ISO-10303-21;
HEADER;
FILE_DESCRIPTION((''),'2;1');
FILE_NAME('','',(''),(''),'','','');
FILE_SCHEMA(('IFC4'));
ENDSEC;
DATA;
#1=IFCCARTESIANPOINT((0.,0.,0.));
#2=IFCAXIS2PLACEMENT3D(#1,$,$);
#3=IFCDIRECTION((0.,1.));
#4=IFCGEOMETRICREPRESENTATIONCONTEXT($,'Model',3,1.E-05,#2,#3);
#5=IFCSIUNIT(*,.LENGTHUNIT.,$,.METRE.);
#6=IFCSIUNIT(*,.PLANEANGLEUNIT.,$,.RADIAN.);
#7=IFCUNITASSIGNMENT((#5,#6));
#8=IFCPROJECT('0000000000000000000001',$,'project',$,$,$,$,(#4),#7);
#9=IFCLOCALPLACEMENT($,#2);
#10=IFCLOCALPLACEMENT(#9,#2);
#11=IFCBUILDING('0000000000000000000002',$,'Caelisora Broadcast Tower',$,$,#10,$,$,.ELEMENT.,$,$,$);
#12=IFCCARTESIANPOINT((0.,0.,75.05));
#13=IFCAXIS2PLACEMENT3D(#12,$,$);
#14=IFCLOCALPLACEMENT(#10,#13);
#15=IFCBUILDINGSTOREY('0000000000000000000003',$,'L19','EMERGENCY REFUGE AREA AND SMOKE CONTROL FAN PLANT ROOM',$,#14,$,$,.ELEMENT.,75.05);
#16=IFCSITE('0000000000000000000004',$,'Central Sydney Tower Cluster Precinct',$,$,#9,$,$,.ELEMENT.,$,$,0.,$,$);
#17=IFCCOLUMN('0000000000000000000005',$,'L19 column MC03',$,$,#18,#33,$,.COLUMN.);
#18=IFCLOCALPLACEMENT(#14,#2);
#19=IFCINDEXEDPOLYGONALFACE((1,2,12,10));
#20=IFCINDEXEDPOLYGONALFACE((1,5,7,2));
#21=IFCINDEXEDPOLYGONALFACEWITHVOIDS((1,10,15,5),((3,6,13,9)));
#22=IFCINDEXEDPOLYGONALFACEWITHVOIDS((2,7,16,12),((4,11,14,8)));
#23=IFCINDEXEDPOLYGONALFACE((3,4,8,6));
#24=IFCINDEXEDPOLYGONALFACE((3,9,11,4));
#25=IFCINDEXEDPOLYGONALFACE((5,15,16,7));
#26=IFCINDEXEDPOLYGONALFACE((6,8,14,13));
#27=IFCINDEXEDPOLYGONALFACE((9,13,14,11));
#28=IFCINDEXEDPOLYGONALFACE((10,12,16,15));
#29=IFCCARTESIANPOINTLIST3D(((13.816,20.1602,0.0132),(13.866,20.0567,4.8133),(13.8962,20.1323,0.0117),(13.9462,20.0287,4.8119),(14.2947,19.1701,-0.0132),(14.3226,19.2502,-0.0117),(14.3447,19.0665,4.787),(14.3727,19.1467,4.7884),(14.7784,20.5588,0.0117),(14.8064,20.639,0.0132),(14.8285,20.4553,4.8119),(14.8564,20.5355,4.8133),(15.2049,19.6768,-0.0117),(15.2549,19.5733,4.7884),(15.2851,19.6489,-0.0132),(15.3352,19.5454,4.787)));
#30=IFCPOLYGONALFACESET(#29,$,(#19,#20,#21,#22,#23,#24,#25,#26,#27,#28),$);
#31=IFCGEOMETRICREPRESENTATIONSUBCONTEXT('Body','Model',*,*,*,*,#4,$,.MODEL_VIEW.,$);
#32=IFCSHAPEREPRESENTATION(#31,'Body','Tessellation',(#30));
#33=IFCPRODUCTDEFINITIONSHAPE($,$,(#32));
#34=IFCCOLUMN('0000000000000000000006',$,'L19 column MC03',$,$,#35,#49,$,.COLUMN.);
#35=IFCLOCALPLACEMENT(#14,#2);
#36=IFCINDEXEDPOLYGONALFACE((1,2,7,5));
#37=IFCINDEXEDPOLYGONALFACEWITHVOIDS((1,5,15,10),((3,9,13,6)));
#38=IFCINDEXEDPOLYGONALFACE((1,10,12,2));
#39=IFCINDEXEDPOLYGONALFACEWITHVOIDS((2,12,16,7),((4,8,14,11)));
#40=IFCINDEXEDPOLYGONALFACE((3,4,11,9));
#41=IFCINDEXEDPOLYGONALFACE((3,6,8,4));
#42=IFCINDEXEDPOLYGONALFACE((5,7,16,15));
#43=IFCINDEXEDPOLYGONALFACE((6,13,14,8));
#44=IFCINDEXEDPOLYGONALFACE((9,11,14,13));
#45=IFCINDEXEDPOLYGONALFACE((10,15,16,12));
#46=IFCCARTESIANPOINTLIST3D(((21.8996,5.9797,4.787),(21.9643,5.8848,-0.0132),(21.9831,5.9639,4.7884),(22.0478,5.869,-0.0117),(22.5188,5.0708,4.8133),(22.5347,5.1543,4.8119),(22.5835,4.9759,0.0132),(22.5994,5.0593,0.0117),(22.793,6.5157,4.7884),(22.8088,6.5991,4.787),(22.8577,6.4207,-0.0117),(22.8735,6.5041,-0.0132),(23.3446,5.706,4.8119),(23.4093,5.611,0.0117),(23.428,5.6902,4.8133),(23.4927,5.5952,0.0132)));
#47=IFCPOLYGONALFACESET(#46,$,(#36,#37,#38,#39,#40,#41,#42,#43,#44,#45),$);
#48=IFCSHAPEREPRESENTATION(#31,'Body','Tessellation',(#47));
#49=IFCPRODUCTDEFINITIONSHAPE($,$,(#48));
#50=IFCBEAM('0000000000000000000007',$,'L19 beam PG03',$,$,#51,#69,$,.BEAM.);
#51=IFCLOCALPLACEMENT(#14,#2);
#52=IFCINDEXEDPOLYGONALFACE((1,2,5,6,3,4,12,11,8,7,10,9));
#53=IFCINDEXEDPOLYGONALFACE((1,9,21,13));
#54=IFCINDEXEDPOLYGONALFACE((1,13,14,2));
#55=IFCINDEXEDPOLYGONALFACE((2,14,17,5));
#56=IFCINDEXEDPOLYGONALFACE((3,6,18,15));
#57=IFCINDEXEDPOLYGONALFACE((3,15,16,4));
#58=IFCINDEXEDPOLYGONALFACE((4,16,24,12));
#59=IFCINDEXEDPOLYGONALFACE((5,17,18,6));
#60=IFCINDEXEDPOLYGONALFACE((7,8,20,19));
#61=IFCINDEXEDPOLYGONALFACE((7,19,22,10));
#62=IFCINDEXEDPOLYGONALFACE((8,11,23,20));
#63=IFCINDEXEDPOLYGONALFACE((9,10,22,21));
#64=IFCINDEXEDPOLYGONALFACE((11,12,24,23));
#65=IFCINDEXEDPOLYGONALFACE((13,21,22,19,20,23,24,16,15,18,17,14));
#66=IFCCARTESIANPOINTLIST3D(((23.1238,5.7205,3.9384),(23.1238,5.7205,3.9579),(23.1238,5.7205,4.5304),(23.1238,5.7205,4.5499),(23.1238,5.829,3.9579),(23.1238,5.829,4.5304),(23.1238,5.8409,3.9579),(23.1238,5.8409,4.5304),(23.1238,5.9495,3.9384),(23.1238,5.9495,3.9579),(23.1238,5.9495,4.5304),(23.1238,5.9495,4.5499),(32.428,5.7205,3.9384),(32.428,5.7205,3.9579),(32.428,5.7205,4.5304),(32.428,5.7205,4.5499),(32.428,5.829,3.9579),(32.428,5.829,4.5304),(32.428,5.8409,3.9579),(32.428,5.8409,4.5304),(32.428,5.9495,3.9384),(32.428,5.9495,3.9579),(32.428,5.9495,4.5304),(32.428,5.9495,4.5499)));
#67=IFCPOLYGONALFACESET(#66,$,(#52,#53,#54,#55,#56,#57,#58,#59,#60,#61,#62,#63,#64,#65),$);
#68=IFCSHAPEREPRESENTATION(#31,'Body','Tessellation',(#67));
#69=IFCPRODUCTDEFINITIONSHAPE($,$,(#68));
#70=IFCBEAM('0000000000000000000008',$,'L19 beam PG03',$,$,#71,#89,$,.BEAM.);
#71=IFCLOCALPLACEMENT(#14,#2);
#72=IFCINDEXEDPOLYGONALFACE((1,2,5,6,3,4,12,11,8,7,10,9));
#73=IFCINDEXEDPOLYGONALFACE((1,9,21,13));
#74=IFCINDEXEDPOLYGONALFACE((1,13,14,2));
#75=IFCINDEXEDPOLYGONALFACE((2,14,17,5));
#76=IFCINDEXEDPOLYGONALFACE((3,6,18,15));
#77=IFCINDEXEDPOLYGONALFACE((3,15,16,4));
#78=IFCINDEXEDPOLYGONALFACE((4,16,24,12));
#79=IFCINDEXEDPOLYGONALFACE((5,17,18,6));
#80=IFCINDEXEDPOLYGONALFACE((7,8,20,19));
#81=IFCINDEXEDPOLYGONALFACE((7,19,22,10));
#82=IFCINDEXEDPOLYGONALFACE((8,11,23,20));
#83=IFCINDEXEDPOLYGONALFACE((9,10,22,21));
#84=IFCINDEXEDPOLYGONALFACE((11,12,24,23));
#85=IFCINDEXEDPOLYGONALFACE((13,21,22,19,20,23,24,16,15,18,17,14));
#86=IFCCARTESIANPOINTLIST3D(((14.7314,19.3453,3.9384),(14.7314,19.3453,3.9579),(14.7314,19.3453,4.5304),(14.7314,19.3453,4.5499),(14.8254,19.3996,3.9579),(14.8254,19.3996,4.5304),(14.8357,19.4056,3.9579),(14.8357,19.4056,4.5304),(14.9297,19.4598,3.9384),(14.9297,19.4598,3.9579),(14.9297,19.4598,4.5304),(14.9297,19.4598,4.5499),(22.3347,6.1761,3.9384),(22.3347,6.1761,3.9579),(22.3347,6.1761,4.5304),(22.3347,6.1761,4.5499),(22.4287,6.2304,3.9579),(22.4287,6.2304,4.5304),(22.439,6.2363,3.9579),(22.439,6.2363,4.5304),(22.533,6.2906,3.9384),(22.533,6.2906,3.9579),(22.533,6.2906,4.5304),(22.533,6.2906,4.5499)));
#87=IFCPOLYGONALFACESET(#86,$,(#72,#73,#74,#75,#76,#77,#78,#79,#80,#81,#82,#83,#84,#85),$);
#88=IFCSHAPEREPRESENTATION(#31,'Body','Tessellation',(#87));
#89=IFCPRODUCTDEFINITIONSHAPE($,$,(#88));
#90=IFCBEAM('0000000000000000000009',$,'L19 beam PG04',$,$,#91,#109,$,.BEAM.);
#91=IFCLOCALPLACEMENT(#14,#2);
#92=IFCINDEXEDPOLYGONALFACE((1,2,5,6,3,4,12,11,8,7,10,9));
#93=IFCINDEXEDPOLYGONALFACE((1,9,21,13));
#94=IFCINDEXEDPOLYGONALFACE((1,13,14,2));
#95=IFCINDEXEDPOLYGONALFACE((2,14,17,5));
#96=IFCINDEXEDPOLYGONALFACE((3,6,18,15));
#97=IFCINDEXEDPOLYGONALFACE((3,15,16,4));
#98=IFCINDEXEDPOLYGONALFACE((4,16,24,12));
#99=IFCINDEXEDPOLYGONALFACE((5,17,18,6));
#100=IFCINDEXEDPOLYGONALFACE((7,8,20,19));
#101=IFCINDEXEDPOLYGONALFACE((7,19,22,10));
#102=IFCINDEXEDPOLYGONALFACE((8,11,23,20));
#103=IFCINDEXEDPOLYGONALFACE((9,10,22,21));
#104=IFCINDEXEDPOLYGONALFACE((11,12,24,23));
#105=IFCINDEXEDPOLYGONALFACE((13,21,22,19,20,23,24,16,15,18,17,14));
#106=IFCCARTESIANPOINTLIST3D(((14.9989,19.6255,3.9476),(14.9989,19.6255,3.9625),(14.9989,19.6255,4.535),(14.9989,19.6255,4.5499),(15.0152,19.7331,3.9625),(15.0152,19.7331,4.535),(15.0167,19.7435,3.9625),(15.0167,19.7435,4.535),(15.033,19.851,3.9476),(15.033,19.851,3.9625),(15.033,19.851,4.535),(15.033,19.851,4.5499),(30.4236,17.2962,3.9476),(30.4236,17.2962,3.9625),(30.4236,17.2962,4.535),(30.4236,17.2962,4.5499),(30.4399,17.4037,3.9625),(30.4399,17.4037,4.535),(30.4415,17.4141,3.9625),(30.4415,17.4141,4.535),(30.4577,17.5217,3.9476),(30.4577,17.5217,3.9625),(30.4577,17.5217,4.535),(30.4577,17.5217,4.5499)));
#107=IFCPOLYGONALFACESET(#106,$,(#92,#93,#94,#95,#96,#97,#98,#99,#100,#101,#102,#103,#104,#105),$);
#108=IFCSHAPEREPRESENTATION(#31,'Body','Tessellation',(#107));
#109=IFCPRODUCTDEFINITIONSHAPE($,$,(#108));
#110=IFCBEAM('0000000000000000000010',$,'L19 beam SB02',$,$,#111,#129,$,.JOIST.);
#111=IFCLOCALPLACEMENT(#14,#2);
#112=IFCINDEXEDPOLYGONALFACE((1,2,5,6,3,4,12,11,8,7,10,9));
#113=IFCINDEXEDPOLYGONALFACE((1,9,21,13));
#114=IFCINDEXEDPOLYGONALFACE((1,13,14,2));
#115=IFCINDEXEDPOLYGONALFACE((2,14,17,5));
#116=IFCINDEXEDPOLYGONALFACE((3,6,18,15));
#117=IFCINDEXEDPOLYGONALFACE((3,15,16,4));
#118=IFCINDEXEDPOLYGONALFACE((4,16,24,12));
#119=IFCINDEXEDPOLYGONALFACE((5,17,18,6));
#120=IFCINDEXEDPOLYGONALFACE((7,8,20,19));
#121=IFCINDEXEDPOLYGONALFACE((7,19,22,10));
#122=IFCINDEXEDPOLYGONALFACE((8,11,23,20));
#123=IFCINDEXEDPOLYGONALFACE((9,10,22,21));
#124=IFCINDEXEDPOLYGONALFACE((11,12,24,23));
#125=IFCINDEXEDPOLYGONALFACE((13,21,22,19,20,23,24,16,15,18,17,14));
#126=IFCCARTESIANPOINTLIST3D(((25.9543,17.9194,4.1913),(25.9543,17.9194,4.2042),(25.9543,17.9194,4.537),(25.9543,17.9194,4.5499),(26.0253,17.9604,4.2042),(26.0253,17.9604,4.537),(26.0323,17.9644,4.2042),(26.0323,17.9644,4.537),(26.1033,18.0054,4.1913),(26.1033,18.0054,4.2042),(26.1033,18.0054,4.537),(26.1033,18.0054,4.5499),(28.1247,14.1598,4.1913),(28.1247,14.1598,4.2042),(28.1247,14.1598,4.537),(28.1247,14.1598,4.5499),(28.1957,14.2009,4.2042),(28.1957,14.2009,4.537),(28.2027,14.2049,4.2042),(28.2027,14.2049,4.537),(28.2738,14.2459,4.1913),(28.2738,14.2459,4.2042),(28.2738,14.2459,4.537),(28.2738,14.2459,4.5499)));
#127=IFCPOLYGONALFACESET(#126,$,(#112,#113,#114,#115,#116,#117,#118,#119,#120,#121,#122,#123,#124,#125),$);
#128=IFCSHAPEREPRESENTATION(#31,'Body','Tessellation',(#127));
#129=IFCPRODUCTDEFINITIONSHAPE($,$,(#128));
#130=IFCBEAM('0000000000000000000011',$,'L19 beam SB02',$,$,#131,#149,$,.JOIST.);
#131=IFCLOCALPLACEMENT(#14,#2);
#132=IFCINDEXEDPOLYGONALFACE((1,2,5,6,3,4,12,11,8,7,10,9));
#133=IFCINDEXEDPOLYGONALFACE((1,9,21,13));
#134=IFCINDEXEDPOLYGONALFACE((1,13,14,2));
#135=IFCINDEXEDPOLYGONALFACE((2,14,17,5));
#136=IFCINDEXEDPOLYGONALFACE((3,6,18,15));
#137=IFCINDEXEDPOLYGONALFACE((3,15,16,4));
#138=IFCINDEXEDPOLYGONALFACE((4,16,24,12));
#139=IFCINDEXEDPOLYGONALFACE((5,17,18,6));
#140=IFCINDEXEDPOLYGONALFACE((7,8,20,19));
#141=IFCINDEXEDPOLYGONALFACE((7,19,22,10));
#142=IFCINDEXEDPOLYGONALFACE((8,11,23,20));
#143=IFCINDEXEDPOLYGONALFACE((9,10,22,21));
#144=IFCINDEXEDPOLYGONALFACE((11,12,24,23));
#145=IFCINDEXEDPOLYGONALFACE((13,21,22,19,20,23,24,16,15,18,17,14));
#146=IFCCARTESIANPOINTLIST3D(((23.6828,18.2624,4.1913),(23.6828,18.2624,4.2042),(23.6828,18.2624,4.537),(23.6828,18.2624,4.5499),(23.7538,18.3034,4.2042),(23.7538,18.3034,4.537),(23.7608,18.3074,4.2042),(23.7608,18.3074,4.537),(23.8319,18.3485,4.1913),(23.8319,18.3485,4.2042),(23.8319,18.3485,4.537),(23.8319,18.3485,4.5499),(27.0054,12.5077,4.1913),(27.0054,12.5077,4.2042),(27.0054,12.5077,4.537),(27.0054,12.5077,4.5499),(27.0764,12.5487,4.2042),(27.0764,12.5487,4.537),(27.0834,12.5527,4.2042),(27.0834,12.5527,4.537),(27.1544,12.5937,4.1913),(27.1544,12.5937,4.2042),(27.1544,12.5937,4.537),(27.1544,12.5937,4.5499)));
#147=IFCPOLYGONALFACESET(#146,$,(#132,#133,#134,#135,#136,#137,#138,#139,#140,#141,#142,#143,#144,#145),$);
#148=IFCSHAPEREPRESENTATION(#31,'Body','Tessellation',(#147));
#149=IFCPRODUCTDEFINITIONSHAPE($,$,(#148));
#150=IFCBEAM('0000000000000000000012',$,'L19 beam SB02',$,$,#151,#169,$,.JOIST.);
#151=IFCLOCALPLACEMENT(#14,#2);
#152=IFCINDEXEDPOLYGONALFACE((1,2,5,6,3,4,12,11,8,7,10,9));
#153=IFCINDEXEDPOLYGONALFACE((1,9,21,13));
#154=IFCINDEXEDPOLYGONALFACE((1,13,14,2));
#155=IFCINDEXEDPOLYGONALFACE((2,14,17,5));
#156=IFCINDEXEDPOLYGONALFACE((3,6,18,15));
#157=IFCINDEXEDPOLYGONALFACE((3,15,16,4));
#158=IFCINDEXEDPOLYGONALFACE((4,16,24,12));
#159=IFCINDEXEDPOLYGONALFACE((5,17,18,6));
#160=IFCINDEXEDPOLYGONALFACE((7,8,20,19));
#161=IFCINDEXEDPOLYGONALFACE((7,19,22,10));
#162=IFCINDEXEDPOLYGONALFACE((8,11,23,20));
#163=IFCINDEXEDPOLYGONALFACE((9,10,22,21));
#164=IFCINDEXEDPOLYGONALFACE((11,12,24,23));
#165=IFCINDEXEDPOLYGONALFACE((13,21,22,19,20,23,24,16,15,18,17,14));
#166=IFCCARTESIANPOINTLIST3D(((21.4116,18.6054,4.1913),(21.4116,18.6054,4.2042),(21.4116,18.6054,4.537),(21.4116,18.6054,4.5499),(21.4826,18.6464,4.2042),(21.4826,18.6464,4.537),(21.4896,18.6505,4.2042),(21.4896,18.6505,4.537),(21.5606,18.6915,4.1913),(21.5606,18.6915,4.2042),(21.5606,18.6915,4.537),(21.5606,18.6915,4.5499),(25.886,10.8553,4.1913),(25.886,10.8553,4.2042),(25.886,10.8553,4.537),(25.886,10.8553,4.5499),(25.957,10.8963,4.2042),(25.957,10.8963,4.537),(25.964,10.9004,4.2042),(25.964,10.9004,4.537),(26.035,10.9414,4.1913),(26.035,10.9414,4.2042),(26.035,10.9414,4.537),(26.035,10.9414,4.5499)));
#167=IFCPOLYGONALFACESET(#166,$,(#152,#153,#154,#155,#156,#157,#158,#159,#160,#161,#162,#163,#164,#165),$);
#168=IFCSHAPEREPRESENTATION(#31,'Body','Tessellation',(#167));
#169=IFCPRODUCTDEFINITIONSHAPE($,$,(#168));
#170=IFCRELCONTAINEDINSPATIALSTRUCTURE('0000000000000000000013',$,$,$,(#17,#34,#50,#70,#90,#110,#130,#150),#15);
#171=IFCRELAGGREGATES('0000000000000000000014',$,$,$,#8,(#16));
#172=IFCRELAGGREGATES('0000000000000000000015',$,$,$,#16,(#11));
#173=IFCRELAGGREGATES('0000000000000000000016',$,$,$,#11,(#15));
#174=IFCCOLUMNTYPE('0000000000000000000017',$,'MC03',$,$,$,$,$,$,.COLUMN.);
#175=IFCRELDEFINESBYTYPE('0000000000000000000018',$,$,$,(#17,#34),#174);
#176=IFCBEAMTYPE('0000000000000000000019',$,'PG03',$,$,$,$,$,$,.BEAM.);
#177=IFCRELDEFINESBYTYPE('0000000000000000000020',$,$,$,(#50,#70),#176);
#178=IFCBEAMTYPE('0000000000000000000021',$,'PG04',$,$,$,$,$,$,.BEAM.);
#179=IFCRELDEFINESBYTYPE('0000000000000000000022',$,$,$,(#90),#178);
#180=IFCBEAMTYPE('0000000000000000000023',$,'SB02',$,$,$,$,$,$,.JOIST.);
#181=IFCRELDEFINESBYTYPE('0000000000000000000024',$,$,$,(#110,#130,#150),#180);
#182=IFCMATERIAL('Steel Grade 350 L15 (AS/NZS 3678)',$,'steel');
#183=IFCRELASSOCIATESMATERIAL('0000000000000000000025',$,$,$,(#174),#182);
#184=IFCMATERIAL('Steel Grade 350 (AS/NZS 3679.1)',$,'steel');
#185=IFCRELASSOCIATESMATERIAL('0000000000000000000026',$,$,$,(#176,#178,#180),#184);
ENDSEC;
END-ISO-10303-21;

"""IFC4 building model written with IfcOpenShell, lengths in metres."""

from ifc_helpers import new_model, si_unit, direction, frame, origin, origin_2d, place, context, subcontext, project, spatial, hollow_rectangle, i_section, extrude, source, transform, mapped, material, material_profile, profile_set, type_object, type_shapes, element, save


model = new_model("IFC4")

# Units and contexts
model_context = context("Model", 3, precision=1e-05, world=origin(), true_north=direction((0.0, 1.0)))
body_context = subcontext(model_context, "Body", "Model", "MODEL_VIEW")
ifc_project = project(units=[si_unit("LENGTHUNIT", "METRE"), si_unit("PLANEANGLEUNIT", "RADIAN")], contexts=[model_context])

# Site, building, storey
site_placement = place(None, origin())
site = spatial("IfcSite", under=ifc_project, at=site_placement, Name="Central Sydney Tower Cluster Precinct", CompositionType="ELEMENT", RefElevation=0.0)
building_placement = place(site_placement, origin())
building = spatial("IfcBuilding", under=site, at=building_placement, Name="Caelisora Broadcast Tower", CompositionType="ELEMENT")
storey_placement = place(building_placement, frame((0.0, 0.0, 75.05)))
storey = spatial("IfcBuildingStorey", under=building, at=storey_placement, Name="L19", Description="EMERGENCY REFUGE AREA AND SMOKE CONTROL FAN PLANT ROOM", CompositionType="ELEMENT", Elevation=75.05)

# Columns
ifc_material_1 = material(Name="Steel Grade 350 L15 (AS/NZS 3678)", Category="steel")
ifc_material_profile_1 = material_profile(ifc_material_1, hollow_rectangle(XDim=1.1001, YDim=1.1001, WallThickness=0.0601, at=origin_2d()), Name="Steel Grade 350 L15 (AS/NZS 3678)")
ifc_profile_set_1 = profile_set([ifc_material_profile_1], Name="Steel Grade 350 L15 (AS/NZS 3678)")
column_type = type_object("IfcColumnType", Name="MC03", PredefinedType="COLUMN", material=ifc_profile_set_1)
shared_shape_1 = source(origin(), body_context, "Body", "SweptSolid", [
    extrude(hollow_rectangle(XDim=1.1001, YDim=1.1001, WallThickness=0.0601, at=origin_2d()), origin(), (0.0, 0.0, 1.0), 4.8015),
])
type_shapes(column_type, [shared_shape_1])
for number, where, z_axis, x_axis, name in (
    (1, (14.5505, 19.9045, 0.0), (0.010424, -0.021559, 0.999713), (0.900293, 0.435283, 0.0), "L19 column MC03"),
    (2, (22.7285, 5.74, 0.0), (-0.013475, 0.01978, 0.999714), (-0.826452, -0.563007, 0.0), "L19 column MC03"),
):
    element("IfcColumn", number, at=place(storey_placement, frame(where, z_axis=z_axis, x_axis=x_axis)), inside=storey, type_object=column_type, Name=name, PredefinedType="COLUMN", context=body_context, shape_type="MappedRepresentation", body=[
        mapped(shared_shape_1, transform((0.0, 0.0, 0.0), scale=1.0)),
    ])

# Beams
ifc_material_2 = material(Name="Steel Grade 350 (AS/NZS 3679.1)", Category="steel")
ifc_material_profile_2 = material_profile(ifc_material_2, i_section(OverallWidth=0.229, OverallDepth=0.6116, WebThickness=0.012, FlangeThickness=0.0195, at=origin_2d()), Name="Steel Grade 350 (AS/NZS 3679.1)")
ifc_profile_set_2 = profile_set([ifc_material_profile_2], Name="Steel Grade 350 (AS/NZS 3679.1)")
beam_type_1 = type_object("IfcBeamType", Name="PG03", PredefinedType="BEAM", material=ifc_profile_set_2)
shared_shape_2 = source(origin(), body_context, "Body", "SweptSolid", [
    extrude(i_section(OverallWidth=0.229, OverallDepth=0.6116, WebThickness=0.012, FlangeThickness=0.0195, at=origin_2d()), origin(), (0.0, 0.0, 1.0), 9.3042),
])
beam_1_placement = place(storey_placement, frame((23.1238, 5.835, 4.2441), z_axis=(1.0, 0.0, 0.0), x_axis=(0.0, 1.0, 0.0)))
element("IfcBeam", 3, at=beam_1_placement, inside=storey, type_object=beam_type_1, Name="L19 beam PG03", PredefinedType="BEAM", context=body_context, shape_type="MappedRepresentation", body=[
    mapped(shared_shape_2, transform((0.0, 0.0, 0.0), scale=1.0)),
])
shared_shape_3 = source(origin(), body_context, "Body", "SweptSolid", [
    extrude(i_section(OverallWidth=0.229, OverallDepth=0.6116, WebThickness=0.012, FlangeThickness=0.0195, at=origin_2d()), origin(), (0.0, 0.0, 1.0), 15.2065),
])
type_shapes(beam_type_1, [shared_shape_2, shared_shape_3])
beam_2_placement = place(storey_placement, frame((14.8306, 19.4026, 4.2441), z_axis=(0.500002, -0.866024, 0.0), x_axis=(0.866024, 0.500002, 0.0)))
element("IfcBeam", 4, at=beam_2_placement, inside=storey, type_object=beam_type_1, Name="L19 beam PG03", PredefinedType="BEAM", context=body_context, shape_type="MappedRepresentation", body=[
    mapped(shared_shape_3, transform((0.0, 0.0, 0.0), scale=1.0)),
])
ifc_material_profile_3 = material_profile(ifc_material_2, i_section(OverallWidth=0.228, OverallDepth=0.6023, WebThickness=0.0105, FlangeThickness=0.0149, at=origin_2d()), Name="Steel Grade 350 (AS/NZS 3679.1)")
ifc_profile_set_3 = profile_set([ifc_material_profile_3], Name="Steel Grade 350 (AS/NZS 3679.1)")
beam_type_2 = type_object("IfcBeamType", Name="PG04", PredefinedType="BEAM", material=ifc_profile_set_3)
shared_shape_4 = source(origin(), body_context, "Body", "SweptSolid", [
    extrude(i_section(OverallWidth=0.228, OverallDepth=0.6023, WebThickness=0.0105, FlangeThickness=0.0149, at=origin_2d()), origin(), (0.0, 0.0, 1.0), 15.5996),
])
type_shapes(beam_type_2, [shared_shape_4])
beam_3_placement = place(storey_placement, frame((30.4407, 17.4089, 4.2488), z_axis=(-0.988789, 0.14932, 0.0), x_axis=(-0.14932, -0.988789, 0.0)))
element("IfcBeam", 5, at=beam_3_placement, inside=storey, type_object=beam_type_2, Name="L19 beam PG04", PredefinedType="BEAM", context=body_context, shape_type="MappedRepresentation", body=[
    mapped(shared_shape_4, transform((0.0, 0.0, 0.0), scale=1.0)),
])
ifc_material_profile_4 = material_profile(ifc_material_2, i_section(OverallWidth=0.1721, OverallDepth=0.3586, WebThickness=0.0081, FlangeThickness=0.0129, at=origin_2d()), Name="Steel Grade 350 (AS/NZS 3679.1)")
ifc_profile_set_4 = profile_set([ifc_material_profile_4], Name="Steel Grade 350 (AS/NZS 3679.1)")
beam_type_3 = type_object("IfcBeamType", Name="SB02", PredefinedType="JOIST", material=ifc_profile_set_4)
shared_shape_5 = source(origin(), body_context, "Body", "SweptSolid", [
    extrude(i_section(OverallWidth=0.1721, OverallDepth=0.3586, WebThickness=0.0081, FlangeThickness=0.0129, at=origin_2d()), origin(), (0.0, 0.0, 1.0), 4.3411),
])
beam_4_placement = place(storey_placement, frame((26.0288, 17.9624, 4.3706), z_axis=(0.499974, -0.86604, 0.0), x_axis=(0.86604, 0.499974, 0.0)))
element("IfcBeam", 6, at=beam_4_placement, inside=storey, type_object=beam_type_3, Name="L19 beam SB02", PredefinedType="JOIST", context=body_context, shape_type="MappedRepresentation", body=[
    mapped(shared_shape_5, transform((0.0, 0.0, 0.0), scale=1.0)),
])
shared_shape_6 = source(origin(), body_context, "Body", "SweptSolid", [
    extrude(i_section(OverallWidth=0.1721, OverallDepth=0.3586, WebThickness=0.0081, FlangeThickness=0.0129, at=origin_2d()), origin(), (0.0, 0.0, 1.0), 6.645),
])
beam_5_placement = place(storey_placement, frame((23.7573, 18.3054, 4.3706), z_axis=(0.500008, -0.866021, 0.0), x_axis=(0.866021, 0.500008, 0.0)))
element("IfcBeam", 7, at=beam_5_placement, inside=storey, type_object=beam_type_3, Name="L19 beam SB02", PredefinedType="JOIST", context=body_context, shape_type="MappedRepresentation", body=[
    mapped(shared_shape_6, transform((0.0, 0.0, 0.0), scale=1.0)),
])
shared_shape_7 = source(origin(), body_context, "Body", "SweptSolid", [
    extrude(i_section(OverallWidth=0.1721, OverallDepth=0.3586, WebThickness=0.0081, FlangeThickness=0.0129, at=origin_2d()), origin(), (0.0, 0.0, 1.0), 8.949),
])
beam_6_placement = place(storey_placement, frame((21.4861, 18.6484, 4.3706), z_axis=(0.499992, -0.86603, 0.0), x_axis=(0.86603, 0.499992, 0.0)))
element("IfcBeam", 8, at=beam_6_placement, inside=storey, type_object=beam_type_3, Name="L19 beam SB02", PredefinedType="JOIST", context=body_context, shape_type="MappedRepresentation", body=[
    mapped(shared_shape_7, transform((0.0, 0.0, 0.0), scale=1.0)),
])

save(model, "model.ifc")
